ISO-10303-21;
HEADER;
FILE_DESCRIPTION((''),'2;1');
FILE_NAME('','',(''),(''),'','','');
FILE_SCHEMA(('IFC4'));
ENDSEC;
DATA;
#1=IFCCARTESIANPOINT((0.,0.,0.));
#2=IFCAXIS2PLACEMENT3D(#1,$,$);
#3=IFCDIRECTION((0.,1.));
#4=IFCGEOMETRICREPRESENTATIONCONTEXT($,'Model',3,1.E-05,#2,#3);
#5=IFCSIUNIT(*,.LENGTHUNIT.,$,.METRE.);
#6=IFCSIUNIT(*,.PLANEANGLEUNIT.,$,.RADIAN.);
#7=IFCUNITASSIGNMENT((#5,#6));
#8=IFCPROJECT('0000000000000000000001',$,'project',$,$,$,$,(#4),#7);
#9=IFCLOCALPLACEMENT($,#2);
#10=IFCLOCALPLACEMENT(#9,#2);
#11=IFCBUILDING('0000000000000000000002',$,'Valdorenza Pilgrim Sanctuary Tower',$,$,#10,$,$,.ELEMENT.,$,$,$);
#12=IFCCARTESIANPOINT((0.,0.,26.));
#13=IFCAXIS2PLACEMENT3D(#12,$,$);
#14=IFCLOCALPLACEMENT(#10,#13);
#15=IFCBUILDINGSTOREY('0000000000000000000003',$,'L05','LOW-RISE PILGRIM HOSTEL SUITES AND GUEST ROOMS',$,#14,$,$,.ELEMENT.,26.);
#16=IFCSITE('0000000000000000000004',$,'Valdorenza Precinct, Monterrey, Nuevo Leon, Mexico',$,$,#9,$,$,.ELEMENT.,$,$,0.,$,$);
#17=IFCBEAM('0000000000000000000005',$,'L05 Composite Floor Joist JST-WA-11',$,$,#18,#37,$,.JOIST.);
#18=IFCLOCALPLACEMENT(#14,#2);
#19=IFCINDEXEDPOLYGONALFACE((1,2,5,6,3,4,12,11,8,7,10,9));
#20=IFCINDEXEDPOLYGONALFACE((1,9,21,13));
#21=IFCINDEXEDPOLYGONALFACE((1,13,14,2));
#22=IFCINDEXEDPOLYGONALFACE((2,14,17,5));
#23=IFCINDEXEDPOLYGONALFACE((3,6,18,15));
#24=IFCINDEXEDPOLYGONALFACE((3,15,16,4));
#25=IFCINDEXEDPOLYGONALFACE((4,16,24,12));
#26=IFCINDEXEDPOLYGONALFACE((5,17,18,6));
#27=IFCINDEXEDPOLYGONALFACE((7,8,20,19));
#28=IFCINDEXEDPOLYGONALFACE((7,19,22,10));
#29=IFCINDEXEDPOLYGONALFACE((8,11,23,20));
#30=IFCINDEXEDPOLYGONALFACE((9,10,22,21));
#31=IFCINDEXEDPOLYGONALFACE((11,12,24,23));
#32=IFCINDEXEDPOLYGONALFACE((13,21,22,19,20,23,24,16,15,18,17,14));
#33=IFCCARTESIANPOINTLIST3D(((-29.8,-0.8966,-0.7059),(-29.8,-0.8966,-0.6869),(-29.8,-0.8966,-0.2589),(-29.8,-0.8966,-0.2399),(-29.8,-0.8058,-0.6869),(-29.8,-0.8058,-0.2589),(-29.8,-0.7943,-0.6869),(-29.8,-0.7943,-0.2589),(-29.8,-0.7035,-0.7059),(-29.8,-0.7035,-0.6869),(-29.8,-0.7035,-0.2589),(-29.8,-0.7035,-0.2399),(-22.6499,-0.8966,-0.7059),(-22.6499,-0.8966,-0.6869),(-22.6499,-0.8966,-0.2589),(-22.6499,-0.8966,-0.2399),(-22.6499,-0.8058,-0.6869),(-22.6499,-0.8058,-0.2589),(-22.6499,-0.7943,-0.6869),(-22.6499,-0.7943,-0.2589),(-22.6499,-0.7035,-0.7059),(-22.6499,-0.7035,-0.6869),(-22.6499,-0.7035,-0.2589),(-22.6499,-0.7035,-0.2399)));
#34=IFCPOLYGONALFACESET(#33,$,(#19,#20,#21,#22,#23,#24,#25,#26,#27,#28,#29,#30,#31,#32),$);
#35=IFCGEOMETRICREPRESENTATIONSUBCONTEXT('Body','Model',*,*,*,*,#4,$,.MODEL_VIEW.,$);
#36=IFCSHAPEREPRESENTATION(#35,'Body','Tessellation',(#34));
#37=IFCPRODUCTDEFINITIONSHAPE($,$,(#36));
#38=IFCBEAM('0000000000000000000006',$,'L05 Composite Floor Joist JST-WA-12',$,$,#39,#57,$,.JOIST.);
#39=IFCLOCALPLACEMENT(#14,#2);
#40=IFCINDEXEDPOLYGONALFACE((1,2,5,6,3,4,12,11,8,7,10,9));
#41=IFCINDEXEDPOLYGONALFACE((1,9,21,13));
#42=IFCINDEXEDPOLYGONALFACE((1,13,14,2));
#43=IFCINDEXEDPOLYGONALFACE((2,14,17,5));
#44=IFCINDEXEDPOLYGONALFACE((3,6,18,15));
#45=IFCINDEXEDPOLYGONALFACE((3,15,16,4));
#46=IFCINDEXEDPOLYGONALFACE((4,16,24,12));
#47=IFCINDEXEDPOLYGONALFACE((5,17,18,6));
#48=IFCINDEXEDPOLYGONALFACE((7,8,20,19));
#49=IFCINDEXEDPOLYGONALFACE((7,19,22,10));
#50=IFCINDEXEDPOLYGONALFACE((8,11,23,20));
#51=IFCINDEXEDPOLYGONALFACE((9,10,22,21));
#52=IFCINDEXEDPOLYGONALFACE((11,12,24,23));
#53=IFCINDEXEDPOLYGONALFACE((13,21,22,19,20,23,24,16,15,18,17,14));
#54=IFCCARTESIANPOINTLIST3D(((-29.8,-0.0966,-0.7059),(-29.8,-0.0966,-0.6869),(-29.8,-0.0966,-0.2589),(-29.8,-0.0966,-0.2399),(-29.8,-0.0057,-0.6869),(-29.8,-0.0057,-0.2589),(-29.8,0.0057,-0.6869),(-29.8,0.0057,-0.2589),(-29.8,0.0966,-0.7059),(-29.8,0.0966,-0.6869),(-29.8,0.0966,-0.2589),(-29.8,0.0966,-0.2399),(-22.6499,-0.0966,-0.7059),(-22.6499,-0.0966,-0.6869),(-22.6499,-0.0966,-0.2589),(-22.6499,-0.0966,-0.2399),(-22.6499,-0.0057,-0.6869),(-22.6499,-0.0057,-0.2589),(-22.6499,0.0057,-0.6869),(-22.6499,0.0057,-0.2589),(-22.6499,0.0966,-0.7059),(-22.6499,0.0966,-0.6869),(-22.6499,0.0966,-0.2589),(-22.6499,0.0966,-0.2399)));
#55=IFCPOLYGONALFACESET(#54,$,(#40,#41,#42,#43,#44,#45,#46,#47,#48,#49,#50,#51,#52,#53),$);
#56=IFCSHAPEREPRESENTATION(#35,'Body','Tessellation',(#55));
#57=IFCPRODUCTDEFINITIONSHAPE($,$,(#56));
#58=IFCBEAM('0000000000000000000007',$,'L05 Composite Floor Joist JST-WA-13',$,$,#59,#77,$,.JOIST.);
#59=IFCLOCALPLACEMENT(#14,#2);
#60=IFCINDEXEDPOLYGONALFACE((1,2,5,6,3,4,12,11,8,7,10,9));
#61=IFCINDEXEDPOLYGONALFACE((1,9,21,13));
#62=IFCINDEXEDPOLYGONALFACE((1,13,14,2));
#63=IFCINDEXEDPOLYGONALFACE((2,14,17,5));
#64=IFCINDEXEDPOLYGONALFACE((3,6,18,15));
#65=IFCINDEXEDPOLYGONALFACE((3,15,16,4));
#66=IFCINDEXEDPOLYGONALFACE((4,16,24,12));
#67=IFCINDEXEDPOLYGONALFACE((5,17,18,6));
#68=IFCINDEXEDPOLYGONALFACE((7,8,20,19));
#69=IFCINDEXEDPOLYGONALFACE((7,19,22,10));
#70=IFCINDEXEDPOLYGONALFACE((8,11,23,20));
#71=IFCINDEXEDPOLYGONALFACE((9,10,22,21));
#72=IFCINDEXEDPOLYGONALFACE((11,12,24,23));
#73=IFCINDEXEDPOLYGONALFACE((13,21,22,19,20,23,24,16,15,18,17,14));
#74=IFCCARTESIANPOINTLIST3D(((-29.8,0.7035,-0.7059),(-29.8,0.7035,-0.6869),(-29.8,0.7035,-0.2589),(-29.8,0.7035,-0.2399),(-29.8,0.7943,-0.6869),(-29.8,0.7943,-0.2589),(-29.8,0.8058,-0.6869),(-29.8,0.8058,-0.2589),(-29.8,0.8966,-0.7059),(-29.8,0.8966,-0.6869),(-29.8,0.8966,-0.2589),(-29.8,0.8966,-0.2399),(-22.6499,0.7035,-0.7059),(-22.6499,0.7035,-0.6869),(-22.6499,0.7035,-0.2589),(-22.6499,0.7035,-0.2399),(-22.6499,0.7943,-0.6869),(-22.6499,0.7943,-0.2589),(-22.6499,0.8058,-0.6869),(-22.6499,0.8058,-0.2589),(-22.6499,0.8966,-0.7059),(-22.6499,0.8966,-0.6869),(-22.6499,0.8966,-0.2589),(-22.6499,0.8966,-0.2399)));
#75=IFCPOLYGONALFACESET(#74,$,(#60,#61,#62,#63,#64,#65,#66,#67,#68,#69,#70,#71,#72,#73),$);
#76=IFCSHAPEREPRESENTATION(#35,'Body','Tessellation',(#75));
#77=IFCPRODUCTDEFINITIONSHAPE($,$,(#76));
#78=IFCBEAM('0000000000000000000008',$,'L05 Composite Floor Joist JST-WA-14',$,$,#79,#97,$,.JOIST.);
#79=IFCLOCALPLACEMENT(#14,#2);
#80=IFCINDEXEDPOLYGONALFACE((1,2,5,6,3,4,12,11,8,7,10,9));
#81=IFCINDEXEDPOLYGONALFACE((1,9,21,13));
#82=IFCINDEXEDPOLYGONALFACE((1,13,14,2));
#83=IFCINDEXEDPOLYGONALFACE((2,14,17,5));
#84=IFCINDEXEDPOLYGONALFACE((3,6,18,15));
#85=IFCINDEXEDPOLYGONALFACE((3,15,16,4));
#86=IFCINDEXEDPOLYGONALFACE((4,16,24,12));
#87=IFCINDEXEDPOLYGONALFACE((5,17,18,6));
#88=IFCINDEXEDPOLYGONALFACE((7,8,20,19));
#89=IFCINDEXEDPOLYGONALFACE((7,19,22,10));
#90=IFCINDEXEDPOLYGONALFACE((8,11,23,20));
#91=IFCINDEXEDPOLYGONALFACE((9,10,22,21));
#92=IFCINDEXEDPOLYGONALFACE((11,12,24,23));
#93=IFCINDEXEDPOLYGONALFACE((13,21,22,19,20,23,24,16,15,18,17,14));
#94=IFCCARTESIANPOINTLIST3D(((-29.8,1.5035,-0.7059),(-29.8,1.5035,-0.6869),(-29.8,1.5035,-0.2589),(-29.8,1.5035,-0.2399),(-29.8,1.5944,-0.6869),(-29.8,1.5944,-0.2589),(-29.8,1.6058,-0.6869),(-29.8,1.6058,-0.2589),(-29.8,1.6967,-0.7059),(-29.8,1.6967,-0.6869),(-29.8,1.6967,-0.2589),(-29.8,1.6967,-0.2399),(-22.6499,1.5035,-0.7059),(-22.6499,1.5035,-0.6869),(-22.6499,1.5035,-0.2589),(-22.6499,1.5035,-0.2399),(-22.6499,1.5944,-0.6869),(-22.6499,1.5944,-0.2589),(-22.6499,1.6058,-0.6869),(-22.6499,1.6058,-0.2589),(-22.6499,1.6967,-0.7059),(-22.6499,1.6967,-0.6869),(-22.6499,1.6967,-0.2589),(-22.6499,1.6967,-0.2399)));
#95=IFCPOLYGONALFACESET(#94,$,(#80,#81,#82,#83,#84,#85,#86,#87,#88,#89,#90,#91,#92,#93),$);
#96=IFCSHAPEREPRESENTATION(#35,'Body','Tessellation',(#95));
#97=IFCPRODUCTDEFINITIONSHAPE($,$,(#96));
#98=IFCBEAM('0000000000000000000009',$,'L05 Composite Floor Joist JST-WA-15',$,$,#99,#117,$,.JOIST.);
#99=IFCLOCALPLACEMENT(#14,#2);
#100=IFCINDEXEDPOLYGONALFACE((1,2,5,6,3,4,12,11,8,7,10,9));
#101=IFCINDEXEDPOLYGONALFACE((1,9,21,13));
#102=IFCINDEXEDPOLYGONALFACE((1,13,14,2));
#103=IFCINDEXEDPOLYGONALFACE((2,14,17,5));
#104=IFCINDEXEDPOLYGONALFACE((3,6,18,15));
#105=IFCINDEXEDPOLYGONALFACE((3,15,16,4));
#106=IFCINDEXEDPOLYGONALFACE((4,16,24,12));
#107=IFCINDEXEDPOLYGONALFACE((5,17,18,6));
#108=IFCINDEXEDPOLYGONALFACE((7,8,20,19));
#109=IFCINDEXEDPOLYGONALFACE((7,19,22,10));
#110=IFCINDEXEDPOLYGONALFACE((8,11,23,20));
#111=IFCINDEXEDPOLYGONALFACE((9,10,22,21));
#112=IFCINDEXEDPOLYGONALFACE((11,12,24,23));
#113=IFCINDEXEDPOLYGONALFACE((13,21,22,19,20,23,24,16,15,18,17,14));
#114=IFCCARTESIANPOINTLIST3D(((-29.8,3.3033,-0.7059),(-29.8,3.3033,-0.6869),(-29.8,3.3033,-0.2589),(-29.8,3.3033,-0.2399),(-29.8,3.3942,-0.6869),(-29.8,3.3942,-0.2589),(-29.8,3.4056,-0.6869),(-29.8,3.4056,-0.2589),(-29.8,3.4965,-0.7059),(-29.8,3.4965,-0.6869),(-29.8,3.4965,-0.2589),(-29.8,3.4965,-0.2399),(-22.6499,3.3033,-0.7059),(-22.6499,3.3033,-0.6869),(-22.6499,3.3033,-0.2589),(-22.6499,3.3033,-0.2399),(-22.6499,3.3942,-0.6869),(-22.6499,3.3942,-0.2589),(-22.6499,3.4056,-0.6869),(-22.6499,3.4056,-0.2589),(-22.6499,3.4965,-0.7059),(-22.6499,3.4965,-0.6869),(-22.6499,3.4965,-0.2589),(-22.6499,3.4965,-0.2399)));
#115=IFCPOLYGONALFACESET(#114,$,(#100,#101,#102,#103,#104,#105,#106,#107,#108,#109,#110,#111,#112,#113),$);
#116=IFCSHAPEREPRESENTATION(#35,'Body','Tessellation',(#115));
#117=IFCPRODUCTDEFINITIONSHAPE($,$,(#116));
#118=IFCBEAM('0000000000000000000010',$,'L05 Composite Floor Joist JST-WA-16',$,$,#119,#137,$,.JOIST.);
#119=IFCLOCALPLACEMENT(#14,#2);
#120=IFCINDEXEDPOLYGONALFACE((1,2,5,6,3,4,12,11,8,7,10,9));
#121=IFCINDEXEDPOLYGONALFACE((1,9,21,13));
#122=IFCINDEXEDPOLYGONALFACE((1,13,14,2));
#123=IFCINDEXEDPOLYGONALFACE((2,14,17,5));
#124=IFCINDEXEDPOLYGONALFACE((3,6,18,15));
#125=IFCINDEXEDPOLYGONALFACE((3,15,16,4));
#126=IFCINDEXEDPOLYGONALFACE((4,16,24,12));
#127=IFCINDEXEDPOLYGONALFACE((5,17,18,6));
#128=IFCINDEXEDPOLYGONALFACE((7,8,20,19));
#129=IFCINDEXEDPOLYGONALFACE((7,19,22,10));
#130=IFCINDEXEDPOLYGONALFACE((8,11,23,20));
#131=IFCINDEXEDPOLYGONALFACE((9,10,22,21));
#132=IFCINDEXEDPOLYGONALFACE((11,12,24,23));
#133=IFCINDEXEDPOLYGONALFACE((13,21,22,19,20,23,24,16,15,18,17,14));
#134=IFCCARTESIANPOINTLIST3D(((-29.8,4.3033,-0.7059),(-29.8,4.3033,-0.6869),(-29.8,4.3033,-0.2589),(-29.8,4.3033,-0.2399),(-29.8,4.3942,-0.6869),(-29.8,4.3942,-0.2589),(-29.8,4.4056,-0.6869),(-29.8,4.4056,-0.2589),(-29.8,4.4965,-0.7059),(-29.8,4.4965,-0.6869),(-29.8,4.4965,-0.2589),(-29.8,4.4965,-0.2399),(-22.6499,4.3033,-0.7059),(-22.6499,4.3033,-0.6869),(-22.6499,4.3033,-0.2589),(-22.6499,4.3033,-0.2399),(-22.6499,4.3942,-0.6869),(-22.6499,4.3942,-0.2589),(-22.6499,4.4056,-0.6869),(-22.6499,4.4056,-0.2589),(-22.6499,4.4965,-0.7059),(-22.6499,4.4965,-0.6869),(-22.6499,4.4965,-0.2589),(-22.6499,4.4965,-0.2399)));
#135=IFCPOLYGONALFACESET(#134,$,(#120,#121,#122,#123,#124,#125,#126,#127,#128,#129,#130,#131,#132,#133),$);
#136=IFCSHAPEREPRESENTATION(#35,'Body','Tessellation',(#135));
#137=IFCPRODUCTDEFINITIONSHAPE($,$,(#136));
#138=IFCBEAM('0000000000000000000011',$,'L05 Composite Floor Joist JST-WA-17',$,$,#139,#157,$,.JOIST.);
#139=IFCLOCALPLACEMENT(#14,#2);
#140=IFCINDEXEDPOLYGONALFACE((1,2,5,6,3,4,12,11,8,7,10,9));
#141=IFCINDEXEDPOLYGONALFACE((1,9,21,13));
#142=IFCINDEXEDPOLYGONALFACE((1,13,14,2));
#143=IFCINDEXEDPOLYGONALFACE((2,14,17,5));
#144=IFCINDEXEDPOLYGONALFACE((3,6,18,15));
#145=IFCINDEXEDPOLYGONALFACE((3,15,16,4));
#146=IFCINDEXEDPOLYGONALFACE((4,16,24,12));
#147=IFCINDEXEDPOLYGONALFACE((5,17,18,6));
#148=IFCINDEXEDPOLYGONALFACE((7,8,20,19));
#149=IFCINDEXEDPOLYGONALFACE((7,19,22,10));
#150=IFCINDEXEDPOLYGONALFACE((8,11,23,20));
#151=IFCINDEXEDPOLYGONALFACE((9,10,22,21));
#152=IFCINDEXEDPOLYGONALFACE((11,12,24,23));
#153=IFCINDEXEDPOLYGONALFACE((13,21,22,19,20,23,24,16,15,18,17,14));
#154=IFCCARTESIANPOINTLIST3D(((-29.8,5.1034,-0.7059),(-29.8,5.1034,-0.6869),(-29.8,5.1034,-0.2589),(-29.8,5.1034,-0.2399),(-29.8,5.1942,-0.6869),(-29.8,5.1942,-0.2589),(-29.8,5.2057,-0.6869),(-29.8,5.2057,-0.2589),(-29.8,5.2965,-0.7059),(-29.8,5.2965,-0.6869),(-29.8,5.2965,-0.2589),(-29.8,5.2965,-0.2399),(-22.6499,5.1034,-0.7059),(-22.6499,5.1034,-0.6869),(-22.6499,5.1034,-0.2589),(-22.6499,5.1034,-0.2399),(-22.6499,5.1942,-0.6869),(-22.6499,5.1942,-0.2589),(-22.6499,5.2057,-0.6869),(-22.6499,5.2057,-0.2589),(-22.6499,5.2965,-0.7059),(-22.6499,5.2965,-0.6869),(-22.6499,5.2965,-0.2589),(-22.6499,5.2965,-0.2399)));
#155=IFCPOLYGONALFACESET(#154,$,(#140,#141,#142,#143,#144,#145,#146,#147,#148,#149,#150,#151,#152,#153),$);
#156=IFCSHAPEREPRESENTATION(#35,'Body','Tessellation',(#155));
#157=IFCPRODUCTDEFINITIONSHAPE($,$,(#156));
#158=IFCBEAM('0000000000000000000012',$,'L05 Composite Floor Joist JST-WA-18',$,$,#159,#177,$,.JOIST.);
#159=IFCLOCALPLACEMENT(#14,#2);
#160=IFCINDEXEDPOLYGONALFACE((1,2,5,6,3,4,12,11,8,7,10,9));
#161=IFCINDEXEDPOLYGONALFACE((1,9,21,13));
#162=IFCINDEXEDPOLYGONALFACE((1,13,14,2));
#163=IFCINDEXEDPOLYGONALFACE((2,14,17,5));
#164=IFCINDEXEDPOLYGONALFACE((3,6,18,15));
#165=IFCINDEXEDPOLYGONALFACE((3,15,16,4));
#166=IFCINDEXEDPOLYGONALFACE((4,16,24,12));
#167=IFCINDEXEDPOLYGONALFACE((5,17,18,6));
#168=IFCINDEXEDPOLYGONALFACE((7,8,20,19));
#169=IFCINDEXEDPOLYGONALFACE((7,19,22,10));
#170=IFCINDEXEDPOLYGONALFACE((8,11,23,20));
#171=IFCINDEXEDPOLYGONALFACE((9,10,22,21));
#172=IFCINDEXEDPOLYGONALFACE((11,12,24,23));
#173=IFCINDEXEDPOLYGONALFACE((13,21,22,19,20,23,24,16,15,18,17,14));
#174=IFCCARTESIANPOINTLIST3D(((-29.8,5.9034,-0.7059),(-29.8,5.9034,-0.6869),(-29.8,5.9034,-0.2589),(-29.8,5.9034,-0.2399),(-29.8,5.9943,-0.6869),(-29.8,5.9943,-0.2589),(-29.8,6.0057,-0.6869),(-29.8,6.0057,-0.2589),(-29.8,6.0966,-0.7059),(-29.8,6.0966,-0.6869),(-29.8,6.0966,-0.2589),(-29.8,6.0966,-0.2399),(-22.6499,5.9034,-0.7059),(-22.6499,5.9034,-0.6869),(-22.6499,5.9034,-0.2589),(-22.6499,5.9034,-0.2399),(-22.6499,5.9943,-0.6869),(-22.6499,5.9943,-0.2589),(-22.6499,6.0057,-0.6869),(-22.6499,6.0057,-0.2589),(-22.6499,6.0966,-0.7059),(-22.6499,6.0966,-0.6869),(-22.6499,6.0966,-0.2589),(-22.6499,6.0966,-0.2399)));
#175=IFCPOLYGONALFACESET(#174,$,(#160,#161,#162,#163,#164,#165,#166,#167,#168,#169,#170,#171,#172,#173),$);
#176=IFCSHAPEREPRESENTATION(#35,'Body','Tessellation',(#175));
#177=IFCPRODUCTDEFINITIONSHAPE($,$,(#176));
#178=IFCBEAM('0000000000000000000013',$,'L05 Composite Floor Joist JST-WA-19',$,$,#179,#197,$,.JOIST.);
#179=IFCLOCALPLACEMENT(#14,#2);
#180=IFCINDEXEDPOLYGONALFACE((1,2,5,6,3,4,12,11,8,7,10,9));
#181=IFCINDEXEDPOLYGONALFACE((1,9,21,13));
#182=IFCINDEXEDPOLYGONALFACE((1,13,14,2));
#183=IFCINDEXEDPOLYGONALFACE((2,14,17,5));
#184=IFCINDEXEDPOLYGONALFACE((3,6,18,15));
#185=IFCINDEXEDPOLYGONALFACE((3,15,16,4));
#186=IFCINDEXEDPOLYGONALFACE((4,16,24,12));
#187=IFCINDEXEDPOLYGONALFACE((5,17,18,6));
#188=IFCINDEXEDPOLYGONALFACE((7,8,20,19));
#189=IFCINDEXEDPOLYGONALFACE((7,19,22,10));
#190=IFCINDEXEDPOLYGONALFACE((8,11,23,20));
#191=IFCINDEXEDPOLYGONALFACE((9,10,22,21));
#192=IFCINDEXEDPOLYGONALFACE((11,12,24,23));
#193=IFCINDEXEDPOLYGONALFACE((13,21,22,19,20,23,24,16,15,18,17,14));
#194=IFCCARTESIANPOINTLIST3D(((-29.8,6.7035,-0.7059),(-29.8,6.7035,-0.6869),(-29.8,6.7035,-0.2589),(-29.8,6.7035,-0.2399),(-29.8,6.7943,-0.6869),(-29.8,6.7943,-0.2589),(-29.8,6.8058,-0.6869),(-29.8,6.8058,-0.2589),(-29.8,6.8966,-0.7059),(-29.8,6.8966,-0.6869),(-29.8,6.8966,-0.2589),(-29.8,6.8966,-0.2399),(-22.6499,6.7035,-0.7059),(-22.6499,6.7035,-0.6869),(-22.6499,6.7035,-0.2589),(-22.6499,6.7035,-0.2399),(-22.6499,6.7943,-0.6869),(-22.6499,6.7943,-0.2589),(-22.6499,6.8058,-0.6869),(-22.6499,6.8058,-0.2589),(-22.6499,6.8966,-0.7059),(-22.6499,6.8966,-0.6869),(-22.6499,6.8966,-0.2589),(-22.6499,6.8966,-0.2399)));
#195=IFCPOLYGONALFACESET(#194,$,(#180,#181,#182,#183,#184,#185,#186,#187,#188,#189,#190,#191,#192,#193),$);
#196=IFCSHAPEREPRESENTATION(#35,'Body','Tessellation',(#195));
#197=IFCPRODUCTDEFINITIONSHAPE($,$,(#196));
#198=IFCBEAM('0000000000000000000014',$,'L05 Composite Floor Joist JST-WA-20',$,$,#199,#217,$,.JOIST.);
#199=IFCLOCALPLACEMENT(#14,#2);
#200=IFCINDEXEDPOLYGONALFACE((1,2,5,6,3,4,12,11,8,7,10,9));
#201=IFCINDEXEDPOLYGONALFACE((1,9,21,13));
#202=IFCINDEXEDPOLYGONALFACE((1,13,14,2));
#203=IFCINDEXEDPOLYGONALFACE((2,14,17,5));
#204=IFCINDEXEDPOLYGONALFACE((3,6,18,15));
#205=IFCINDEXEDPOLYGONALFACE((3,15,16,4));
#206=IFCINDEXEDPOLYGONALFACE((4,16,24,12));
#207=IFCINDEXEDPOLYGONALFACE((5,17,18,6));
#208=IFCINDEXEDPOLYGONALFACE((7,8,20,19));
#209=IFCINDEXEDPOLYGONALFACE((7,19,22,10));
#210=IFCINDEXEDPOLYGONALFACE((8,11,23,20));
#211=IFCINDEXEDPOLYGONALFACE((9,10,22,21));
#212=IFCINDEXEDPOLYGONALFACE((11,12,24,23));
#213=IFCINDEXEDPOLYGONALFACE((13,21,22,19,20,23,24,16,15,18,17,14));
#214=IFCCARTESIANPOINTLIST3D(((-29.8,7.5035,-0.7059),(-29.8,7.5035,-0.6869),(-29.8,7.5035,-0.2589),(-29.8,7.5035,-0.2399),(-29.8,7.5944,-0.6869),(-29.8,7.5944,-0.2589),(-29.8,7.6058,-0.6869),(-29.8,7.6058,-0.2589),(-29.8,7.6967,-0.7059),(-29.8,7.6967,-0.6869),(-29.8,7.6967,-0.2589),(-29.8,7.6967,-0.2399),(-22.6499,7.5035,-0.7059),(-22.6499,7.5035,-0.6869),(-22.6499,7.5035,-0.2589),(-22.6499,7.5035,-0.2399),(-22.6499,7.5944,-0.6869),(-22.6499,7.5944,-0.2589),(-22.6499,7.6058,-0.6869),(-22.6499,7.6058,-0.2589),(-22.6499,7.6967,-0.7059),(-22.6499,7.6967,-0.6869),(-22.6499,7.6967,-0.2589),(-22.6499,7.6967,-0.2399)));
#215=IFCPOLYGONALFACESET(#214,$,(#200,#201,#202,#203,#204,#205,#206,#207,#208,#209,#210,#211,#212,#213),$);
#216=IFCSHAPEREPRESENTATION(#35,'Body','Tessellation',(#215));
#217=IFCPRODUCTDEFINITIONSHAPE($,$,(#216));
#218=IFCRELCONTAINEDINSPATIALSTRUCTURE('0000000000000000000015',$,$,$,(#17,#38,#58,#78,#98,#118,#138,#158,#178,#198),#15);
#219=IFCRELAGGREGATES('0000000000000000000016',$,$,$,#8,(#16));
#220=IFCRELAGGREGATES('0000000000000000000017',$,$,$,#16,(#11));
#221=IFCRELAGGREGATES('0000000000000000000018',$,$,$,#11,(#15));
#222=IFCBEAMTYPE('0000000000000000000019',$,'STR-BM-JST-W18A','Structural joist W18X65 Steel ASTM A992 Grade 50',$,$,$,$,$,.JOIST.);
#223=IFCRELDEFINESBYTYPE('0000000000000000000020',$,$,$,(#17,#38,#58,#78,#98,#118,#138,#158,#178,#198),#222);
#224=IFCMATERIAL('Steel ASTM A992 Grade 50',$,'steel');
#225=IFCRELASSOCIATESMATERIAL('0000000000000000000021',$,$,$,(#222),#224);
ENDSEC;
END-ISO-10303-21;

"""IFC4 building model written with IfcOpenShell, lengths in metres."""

from ifc_helpers import new_model, si_unit, direction, frame, origin, origin_2d, place, context, subcontext, project, spatial, i_section, extrude, source, transform, mapped, material, material_profile, profile_set, type_object, element, save


model = new_model("IFC4")

# Units and contexts
model_context = context("Model", 3, precision=1e-05, world=origin(), true_north=direction((0.0, 1.0)))
body_context = subcontext(model_context, "Body", "Model", "MODEL_VIEW")
ifc_project = project(units=[si_unit("LENGTHUNIT", "METRE"), si_unit("PLANEANGLEUNIT", "RADIAN")], contexts=[model_context])

# Site, building, storey
site_placement = place(None, origin())
site = spatial("IfcSite", under=ifc_project, at=site_placement, Name="Valdorenza Precinct, Monterrey, Nuevo Leon, Mexico", CompositionType="ELEMENT", RefElevation=0.0)
building_placement = place(site_placement, origin())
building = spatial("IfcBuilding", under=site, at=building_placement, Name="Valdorenza Pilgrim Sanctuary Tower", CompositionType="ELEMENT")
storey_placement = place(building_placement, frame((0.0, 0.0, 26.0)))
storey = spatial("IfcBuildingStorey", under=building, at=storey_placement, Name="L05", Description="LOW-RISE PILGRIM HOSTEL SUITES AND GUEST ROOMS", CompositionType="ELEMENT", Elevation=26.0)

# Beams
ifc_material_1 = material(Name="Steel ASTM A992 Grade 50", Category="steel")
ifc_material_profile_1 = material_profile(ifc_material_1, i_section(OverallWidth=0.1931, OverallDepth=0.4661, WebThickness=0.0115, FlangeThickness=0.019, at=origin_2d()), Name="W18X65")
ifc_profile_set_1 = profile_set([ifc_material_profile_1], Name="Steel ASTM A992 Grade 50")
beam_type = type_object("IfcBeamType", Name="STR-BM-JST-W18A", Description="Structural joist W18X65 Steel ASTM A992 Grade 50", PredefinedType="JOIST", material=ifc_profile_set_1)
shared_shape_1 = source(origin(), body_context, "Body", "SweptSolid", [
    extrude(i_section(OverallWidth=0.1931, OverallDepth=0.4661, WebThickness=0.0115, FlangeThickness=0.019, at=origin_2d()), origin(), (0.0, 0.0, 1.0), 7.1501),
])
for number, where, z_axis, x_axis, name in (
    (1, (-29.8, -0.8, -0.4729), (1.0, 0.0, 0.0), (0.0, 1.0, 0.0), "L05 Composite Floor Joist JST-WA-11"),
    (2, (-29.8, 0.0, -0.4729), (1.0, 0.0, 0.0), (0.0, 1.0, 0.0), "L05 Composite Floor Joist JST-WA-12"),
    (3, (-29.8, 0.8, -0.4729), (1.0, 0.0, 0.0), (0.0, 1.0, 0.0), "L05 Composite Floor Joist JST-WA-13"),
    (4, (-29.8, 1.6001, -0.4729), (1.0, 0.0, 0.0), (0.0, 1.0, 0.0), "L05 Composite Floor Joist JST-WA-14"),
    (5, (-29.8, 3.3999, -0.4729), (1.0, 0.0, 0.0), (0.0, 1.0, 0.0), "L05 Composite Floor Joist JST-WA-15"),
    (6, (-29.8, 4.3999, -0.4729), (1.0, 0.0, 0.0), (0.0, 1.0, 0.0), "L05 Composite Floor Joist JST-WA-16"),
    (7, (-29.8, 5.2, -0.4729), (1.0, 0.0, 0.0), (0.0, 1.0, 0.0), "L05 Composite Floor Joist JST-WA-17"),
    (8, (-29.8, 6.0, -0.4729), (1.0, 0.0, 0.0), (0.0, 1.0, 0.0), "L05 Composite Floor Joist JST-WA-18"),
    (9, (-29.8, 6.8, -0.4729), (1.0, 0.0, 0.0), (0.0, 1.0, 0.0), "L05 Composite Floor Joist JST-WA-19"),
    (10, (-29.8, 7.6001, -0.4729), (1.0, 0.0, 0.0), (0.0, 1.0, 0.0), "L05 Composite Floor Joist JST-WA-20"),
):
    element("IfcBeam", number, at=place(storey_placement, frame(where, z_axis=z_axis, x_axis=x_axis)), inside=storey, type_object=beam_type, Name=name, PredefinedType="JOIST", context=body_context, shape_type="MappedRepresentation", body=[
        mapped(shared_shape_1, transform((0.0, 0.0, 0.0), x_axis=(1.0, 0.0, 0.0), y_axis=(0.0, 1.0, 0.0), z_axis=(0.0, 0.0, 1.0), scale=1.0)),
    ])

save(model, "model.ifc")
